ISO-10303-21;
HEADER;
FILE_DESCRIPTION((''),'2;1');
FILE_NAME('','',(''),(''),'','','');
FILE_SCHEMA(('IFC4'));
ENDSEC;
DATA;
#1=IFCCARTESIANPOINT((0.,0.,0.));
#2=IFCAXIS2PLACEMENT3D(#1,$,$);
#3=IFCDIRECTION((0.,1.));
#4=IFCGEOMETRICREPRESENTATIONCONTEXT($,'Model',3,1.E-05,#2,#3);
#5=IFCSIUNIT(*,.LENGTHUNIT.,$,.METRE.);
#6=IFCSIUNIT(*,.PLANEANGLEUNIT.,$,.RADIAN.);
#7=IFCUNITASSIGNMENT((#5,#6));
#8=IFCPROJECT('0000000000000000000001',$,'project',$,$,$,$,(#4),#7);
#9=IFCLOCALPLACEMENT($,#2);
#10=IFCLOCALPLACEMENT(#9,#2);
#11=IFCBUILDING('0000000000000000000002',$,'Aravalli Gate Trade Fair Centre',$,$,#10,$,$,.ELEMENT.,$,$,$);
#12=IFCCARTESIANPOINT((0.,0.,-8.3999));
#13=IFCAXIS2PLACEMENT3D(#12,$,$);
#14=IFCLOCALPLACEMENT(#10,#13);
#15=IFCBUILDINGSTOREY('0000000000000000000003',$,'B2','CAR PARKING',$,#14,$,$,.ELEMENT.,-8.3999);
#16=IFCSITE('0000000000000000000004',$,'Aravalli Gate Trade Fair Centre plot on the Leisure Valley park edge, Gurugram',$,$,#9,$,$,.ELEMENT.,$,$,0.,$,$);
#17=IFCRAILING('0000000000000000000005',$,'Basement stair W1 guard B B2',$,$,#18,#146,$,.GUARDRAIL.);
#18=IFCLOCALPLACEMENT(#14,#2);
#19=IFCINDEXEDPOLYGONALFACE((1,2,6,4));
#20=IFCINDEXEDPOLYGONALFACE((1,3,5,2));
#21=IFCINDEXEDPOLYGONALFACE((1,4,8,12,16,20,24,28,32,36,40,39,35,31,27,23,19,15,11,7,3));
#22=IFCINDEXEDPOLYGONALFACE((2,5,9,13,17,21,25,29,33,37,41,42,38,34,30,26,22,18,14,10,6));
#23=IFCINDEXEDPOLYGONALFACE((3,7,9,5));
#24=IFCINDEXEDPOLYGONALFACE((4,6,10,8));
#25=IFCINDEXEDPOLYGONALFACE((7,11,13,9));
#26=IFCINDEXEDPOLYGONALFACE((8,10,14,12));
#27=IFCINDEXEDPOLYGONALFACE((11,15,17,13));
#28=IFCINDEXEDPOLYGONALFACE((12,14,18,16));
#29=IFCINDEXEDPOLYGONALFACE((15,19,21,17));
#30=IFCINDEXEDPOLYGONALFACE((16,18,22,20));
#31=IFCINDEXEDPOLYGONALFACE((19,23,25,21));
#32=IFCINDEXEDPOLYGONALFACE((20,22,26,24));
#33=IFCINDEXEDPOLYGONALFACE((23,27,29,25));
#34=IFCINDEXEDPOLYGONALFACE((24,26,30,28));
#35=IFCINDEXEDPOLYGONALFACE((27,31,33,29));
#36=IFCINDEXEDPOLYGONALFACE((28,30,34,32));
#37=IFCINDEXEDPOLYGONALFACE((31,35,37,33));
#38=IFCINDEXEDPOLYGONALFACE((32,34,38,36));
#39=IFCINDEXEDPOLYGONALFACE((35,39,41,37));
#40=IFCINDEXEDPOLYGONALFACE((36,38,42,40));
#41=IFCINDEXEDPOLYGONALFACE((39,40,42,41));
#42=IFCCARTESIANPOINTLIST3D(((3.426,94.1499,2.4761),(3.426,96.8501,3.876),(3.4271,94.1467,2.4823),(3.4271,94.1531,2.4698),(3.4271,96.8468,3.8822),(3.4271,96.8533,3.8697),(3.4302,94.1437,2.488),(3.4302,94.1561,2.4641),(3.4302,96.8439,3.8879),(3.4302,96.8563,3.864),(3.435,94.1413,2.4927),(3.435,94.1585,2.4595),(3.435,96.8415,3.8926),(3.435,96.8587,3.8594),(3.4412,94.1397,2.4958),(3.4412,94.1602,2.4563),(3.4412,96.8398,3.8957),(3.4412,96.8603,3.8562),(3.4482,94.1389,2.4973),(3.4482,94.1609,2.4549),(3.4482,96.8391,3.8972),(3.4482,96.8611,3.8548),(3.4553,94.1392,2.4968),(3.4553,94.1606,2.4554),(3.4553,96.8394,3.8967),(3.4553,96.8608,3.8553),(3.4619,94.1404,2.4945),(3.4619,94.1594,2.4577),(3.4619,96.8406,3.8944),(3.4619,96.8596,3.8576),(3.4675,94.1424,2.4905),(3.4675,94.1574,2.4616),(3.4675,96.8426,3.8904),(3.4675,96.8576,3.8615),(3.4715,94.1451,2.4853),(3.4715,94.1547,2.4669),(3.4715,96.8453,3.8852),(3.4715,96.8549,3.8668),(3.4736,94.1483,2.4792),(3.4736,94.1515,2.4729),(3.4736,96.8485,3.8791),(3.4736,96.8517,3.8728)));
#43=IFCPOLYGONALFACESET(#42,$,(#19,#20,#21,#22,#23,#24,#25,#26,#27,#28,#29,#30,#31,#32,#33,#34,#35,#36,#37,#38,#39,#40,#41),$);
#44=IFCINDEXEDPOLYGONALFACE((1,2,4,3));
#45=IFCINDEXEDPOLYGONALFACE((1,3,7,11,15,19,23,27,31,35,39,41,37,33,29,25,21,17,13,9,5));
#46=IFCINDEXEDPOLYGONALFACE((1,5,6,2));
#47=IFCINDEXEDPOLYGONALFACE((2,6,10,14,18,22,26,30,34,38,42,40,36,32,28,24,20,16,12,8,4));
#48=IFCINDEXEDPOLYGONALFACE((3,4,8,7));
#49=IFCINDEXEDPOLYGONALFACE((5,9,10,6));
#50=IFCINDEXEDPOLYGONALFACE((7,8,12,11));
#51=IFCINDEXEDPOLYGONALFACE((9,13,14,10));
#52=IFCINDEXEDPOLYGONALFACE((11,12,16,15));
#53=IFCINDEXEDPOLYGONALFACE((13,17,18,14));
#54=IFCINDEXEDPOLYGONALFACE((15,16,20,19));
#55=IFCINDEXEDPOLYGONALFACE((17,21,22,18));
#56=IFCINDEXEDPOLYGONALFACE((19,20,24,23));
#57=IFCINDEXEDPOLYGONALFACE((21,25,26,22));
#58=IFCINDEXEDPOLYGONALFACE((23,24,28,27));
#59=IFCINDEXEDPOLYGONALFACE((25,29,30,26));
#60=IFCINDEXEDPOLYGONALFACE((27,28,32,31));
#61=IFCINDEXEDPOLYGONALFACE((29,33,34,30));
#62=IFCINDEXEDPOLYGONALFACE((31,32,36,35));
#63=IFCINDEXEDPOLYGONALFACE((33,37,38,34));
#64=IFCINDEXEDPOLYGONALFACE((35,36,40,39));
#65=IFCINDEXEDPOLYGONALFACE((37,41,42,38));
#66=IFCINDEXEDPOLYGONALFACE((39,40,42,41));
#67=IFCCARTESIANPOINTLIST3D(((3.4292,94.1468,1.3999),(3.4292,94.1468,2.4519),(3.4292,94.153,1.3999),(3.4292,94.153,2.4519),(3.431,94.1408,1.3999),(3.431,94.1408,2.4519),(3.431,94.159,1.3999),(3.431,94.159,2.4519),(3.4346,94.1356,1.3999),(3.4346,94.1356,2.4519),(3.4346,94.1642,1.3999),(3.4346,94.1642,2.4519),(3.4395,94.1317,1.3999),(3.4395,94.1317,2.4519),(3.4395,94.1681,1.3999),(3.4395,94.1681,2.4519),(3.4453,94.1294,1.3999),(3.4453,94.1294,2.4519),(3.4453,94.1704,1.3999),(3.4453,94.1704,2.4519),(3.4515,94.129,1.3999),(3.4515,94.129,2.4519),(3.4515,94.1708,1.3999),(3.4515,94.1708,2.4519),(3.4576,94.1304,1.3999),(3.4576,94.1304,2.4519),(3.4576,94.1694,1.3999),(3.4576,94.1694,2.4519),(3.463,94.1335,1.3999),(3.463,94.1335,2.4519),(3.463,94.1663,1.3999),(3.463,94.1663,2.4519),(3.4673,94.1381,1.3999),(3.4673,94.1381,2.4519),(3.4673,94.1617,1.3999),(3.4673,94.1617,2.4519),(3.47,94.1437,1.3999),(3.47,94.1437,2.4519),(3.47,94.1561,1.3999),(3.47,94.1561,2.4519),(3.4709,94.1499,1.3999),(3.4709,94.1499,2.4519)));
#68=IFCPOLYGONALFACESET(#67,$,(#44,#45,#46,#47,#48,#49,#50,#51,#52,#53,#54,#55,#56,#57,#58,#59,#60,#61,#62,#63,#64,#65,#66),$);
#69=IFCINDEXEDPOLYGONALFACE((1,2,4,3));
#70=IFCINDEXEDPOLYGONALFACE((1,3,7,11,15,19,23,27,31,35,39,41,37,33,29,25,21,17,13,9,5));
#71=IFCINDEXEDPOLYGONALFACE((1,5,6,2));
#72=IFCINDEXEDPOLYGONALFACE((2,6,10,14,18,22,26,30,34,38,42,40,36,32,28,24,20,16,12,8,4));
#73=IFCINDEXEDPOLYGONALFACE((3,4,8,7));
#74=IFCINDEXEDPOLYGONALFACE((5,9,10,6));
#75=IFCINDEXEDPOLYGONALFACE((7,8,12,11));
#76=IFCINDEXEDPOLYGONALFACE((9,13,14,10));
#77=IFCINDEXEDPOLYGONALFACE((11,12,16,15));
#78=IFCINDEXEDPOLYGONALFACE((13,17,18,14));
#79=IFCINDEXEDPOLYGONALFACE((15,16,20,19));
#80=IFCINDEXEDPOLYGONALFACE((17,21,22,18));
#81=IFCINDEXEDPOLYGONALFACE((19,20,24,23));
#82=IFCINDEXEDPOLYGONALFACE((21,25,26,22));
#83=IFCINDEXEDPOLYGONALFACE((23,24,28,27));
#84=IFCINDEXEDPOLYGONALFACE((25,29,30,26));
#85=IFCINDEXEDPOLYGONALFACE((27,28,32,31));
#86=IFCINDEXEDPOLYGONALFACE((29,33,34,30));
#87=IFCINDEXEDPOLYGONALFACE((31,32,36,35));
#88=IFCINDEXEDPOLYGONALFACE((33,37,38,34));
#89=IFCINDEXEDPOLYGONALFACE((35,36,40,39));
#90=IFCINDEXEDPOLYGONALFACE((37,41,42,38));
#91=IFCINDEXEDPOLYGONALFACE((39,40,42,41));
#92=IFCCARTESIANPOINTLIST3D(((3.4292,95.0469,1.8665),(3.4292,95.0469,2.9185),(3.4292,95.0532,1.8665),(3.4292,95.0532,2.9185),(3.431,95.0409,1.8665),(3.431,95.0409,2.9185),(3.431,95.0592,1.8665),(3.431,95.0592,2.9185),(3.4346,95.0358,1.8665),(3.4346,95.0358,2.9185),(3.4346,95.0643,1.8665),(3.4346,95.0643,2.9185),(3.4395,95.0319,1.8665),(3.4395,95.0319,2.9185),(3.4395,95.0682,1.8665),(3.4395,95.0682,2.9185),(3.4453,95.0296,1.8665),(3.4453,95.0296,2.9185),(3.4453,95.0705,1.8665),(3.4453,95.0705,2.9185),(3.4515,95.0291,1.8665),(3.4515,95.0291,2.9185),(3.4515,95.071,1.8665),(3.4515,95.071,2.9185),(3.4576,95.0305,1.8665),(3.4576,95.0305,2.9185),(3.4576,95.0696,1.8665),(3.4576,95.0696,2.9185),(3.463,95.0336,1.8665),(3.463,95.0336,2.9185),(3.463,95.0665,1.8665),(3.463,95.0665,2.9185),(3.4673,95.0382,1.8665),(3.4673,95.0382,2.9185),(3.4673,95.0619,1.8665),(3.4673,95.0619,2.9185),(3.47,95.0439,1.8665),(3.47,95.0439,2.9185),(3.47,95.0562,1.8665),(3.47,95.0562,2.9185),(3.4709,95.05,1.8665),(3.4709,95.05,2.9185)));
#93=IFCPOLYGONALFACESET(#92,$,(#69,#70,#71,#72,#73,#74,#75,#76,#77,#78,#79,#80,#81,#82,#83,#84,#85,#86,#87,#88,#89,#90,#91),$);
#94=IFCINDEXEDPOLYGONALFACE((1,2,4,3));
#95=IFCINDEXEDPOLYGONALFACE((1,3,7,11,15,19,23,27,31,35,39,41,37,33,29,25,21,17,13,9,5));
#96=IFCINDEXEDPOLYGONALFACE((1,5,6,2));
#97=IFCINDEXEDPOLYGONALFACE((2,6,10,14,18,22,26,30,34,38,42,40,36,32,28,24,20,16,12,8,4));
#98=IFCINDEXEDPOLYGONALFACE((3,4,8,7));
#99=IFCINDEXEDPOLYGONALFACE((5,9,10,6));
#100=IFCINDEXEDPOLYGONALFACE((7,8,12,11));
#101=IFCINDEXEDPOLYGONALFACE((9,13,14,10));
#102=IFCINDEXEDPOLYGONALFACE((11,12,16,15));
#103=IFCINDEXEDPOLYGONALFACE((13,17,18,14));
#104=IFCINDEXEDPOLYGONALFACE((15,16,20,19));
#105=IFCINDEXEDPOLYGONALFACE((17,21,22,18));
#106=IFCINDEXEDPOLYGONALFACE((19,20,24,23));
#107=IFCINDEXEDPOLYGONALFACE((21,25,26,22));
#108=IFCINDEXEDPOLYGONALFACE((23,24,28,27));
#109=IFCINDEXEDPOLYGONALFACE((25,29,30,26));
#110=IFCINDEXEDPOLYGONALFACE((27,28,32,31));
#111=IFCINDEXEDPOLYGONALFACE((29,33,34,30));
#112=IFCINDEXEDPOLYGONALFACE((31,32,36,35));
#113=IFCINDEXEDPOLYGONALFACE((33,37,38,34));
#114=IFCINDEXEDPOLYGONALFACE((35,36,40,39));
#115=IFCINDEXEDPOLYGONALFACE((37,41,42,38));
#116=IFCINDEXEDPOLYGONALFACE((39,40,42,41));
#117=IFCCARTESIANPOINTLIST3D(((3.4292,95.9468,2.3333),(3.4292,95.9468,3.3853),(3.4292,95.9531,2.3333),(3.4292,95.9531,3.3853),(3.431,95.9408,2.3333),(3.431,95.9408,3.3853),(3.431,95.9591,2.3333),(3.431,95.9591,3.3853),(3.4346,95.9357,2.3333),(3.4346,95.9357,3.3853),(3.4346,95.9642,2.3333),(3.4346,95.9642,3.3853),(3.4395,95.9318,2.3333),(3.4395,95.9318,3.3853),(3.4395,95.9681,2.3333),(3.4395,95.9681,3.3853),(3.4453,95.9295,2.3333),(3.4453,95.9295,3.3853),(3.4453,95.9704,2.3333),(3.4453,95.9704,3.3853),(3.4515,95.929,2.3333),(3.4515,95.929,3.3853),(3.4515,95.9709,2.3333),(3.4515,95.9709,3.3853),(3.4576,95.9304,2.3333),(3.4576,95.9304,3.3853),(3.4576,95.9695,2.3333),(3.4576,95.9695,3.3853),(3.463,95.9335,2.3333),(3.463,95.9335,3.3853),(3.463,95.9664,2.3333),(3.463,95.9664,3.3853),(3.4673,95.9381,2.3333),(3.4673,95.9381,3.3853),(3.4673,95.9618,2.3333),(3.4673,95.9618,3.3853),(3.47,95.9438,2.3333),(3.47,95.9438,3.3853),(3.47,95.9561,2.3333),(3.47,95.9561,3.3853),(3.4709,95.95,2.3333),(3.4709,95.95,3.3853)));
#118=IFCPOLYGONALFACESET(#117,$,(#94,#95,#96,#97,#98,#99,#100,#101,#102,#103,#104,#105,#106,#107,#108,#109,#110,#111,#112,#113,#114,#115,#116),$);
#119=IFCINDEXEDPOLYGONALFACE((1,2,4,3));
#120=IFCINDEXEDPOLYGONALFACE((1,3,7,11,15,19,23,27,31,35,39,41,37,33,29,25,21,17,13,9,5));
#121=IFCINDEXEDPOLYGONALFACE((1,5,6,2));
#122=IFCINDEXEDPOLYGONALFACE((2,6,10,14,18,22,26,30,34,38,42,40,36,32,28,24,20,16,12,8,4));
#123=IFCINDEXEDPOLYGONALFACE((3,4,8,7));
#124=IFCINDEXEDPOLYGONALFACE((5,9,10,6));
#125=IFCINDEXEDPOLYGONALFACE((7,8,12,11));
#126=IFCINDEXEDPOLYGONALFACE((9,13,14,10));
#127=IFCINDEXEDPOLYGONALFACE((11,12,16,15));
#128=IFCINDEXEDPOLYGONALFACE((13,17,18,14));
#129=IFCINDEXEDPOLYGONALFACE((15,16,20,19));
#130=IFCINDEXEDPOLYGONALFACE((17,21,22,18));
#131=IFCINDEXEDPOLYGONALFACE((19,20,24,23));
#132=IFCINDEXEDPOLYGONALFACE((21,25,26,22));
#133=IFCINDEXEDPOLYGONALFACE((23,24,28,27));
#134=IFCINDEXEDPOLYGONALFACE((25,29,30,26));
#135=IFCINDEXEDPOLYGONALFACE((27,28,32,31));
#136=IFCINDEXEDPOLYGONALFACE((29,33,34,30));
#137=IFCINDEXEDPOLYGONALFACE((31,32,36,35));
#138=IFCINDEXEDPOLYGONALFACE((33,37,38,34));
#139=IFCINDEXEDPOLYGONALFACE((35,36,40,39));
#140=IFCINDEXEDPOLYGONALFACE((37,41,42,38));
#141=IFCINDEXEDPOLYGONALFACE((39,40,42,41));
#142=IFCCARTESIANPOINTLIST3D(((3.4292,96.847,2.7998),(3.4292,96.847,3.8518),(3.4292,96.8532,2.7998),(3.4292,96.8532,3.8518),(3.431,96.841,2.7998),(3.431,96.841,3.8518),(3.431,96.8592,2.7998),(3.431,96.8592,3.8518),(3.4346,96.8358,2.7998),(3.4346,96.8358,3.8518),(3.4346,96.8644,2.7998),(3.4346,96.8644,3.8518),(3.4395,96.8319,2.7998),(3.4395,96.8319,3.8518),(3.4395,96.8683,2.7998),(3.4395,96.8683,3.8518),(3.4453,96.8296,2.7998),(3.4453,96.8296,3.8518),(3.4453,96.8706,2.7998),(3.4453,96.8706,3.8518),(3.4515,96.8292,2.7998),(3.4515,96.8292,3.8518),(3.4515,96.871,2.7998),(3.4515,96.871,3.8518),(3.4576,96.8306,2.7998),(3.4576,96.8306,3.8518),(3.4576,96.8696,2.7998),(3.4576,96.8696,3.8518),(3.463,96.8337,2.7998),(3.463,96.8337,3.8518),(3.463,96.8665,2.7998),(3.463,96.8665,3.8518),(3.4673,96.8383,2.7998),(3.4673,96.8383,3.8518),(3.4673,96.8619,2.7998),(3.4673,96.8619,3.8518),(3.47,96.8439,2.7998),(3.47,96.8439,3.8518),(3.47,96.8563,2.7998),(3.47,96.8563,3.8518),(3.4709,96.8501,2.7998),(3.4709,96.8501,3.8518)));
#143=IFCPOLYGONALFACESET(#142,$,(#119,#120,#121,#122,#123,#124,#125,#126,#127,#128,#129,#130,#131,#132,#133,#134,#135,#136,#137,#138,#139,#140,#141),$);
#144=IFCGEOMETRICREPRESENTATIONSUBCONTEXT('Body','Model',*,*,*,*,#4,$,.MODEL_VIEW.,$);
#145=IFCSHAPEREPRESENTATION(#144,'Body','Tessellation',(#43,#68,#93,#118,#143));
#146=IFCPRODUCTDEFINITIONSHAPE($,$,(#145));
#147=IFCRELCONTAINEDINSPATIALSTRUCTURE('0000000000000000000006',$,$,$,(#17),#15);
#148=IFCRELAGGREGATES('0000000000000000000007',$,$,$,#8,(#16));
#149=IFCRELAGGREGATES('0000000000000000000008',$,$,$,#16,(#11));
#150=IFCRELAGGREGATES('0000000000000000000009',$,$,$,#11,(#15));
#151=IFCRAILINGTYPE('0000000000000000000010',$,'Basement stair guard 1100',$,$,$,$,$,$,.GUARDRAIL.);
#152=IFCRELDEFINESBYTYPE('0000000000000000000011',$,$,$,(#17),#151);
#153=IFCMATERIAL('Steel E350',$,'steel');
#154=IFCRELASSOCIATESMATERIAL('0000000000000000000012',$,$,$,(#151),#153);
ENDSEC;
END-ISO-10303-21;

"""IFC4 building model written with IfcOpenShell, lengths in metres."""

from ifc_helpers import new_model, si_unit, direction, frame, origin, origin_2d, place, context, subcontext, project, spatial, circle, extrude, material, type_object, element, save


model = new_model("IFC4")

# Units and contexts
model_context = context("Model", 3, precision=1e-05, world=origin(), true_north=direction((0.0, 1.0)))
body_context = subcontext(model_context, "Body", "Model", "MODEL_VIEW")
ifc_project = project(units=[si_unit("LENGTHUNIT", "METRE"), si_unit("PLANEANGLEUNIT", "RADIAN")], contexts=[model_context])

# Site, building, storey
site_placement = place(None, origin())
site = spatial("IfcSite", under=ifc_project, at=site_placement, Name="Aravalli Gate Trade Fair Centre plot on the Leisure Valley park edge, Gurugram", CompositionType="ELEMENT", RefElevation=0.0)
building_placement = place(site_placement, origin())
building = spatial("IfcBuilding", under=site, at=building_placement, Name="Aravalli Gate Trade Fair Centre", CompositionType="ELEMENT")
storey_placement = place(building_placement, frame((0.0, 0.0, -8.3999)))
storey = spatial("IfcBuildingStorey", under=building, at=storey_placement, Name="B2", Description="CAR PARKING", CompositionType="ELEMENT", Elevation=-8.3999)

# Railing
ifc_material_1 = material(Name="Steel E350", Category="steel")
railing_type_1 = type_object("IfcRailingType", Name="Basement stair guard 1100", PredefinedType="GUARDRAIL", material=ifc_material_1)
railing_1_placement = place(storey_placement, frame((3.45, 94.1499, 1.3999)))
element("IfcRailing", 1, at=railing_1_placement, inside=storey, type_object=railing_type_1, Name="Basement stair W1 guard B B2", PredefinedType="GUARDRAIL", context=body_context, shape_type="SweptSolid", body=[
    extrude(circle(Radius=0.0239, at=origin_2d()), frame((0.0, 0.0, 1.0762), z_axis=(0.0, 0.887781, 0.460266), x_axis=(-1.0, 0.0, 0.0)), (0.0, 0.0, 1.0), 3.0415),
    extrude(circle(Radius=0.021, at=origin_2d()), origin(), (0.0, 0.0, 1.0), 1.052),
    extrude(circle(Radius=0.021, at=origin_2d()), frame((0.0, 0.9001, 0.4666)), (0.0, 0.0, 1.0), 1.052),
    extrude(circle(Radius=0.021, at=origin_2d()), frame((0.0, 1.8, 0.9333)), (0.0, 0.0, 1.0), 1.052),
    extrude(circle(Radius=0.021, at=origin_2d()), frame((0.0, 2.7002, 1.3999)), (0.0, 0.0, 1.0), 1.052),
])

save(model, "model.ifc")
